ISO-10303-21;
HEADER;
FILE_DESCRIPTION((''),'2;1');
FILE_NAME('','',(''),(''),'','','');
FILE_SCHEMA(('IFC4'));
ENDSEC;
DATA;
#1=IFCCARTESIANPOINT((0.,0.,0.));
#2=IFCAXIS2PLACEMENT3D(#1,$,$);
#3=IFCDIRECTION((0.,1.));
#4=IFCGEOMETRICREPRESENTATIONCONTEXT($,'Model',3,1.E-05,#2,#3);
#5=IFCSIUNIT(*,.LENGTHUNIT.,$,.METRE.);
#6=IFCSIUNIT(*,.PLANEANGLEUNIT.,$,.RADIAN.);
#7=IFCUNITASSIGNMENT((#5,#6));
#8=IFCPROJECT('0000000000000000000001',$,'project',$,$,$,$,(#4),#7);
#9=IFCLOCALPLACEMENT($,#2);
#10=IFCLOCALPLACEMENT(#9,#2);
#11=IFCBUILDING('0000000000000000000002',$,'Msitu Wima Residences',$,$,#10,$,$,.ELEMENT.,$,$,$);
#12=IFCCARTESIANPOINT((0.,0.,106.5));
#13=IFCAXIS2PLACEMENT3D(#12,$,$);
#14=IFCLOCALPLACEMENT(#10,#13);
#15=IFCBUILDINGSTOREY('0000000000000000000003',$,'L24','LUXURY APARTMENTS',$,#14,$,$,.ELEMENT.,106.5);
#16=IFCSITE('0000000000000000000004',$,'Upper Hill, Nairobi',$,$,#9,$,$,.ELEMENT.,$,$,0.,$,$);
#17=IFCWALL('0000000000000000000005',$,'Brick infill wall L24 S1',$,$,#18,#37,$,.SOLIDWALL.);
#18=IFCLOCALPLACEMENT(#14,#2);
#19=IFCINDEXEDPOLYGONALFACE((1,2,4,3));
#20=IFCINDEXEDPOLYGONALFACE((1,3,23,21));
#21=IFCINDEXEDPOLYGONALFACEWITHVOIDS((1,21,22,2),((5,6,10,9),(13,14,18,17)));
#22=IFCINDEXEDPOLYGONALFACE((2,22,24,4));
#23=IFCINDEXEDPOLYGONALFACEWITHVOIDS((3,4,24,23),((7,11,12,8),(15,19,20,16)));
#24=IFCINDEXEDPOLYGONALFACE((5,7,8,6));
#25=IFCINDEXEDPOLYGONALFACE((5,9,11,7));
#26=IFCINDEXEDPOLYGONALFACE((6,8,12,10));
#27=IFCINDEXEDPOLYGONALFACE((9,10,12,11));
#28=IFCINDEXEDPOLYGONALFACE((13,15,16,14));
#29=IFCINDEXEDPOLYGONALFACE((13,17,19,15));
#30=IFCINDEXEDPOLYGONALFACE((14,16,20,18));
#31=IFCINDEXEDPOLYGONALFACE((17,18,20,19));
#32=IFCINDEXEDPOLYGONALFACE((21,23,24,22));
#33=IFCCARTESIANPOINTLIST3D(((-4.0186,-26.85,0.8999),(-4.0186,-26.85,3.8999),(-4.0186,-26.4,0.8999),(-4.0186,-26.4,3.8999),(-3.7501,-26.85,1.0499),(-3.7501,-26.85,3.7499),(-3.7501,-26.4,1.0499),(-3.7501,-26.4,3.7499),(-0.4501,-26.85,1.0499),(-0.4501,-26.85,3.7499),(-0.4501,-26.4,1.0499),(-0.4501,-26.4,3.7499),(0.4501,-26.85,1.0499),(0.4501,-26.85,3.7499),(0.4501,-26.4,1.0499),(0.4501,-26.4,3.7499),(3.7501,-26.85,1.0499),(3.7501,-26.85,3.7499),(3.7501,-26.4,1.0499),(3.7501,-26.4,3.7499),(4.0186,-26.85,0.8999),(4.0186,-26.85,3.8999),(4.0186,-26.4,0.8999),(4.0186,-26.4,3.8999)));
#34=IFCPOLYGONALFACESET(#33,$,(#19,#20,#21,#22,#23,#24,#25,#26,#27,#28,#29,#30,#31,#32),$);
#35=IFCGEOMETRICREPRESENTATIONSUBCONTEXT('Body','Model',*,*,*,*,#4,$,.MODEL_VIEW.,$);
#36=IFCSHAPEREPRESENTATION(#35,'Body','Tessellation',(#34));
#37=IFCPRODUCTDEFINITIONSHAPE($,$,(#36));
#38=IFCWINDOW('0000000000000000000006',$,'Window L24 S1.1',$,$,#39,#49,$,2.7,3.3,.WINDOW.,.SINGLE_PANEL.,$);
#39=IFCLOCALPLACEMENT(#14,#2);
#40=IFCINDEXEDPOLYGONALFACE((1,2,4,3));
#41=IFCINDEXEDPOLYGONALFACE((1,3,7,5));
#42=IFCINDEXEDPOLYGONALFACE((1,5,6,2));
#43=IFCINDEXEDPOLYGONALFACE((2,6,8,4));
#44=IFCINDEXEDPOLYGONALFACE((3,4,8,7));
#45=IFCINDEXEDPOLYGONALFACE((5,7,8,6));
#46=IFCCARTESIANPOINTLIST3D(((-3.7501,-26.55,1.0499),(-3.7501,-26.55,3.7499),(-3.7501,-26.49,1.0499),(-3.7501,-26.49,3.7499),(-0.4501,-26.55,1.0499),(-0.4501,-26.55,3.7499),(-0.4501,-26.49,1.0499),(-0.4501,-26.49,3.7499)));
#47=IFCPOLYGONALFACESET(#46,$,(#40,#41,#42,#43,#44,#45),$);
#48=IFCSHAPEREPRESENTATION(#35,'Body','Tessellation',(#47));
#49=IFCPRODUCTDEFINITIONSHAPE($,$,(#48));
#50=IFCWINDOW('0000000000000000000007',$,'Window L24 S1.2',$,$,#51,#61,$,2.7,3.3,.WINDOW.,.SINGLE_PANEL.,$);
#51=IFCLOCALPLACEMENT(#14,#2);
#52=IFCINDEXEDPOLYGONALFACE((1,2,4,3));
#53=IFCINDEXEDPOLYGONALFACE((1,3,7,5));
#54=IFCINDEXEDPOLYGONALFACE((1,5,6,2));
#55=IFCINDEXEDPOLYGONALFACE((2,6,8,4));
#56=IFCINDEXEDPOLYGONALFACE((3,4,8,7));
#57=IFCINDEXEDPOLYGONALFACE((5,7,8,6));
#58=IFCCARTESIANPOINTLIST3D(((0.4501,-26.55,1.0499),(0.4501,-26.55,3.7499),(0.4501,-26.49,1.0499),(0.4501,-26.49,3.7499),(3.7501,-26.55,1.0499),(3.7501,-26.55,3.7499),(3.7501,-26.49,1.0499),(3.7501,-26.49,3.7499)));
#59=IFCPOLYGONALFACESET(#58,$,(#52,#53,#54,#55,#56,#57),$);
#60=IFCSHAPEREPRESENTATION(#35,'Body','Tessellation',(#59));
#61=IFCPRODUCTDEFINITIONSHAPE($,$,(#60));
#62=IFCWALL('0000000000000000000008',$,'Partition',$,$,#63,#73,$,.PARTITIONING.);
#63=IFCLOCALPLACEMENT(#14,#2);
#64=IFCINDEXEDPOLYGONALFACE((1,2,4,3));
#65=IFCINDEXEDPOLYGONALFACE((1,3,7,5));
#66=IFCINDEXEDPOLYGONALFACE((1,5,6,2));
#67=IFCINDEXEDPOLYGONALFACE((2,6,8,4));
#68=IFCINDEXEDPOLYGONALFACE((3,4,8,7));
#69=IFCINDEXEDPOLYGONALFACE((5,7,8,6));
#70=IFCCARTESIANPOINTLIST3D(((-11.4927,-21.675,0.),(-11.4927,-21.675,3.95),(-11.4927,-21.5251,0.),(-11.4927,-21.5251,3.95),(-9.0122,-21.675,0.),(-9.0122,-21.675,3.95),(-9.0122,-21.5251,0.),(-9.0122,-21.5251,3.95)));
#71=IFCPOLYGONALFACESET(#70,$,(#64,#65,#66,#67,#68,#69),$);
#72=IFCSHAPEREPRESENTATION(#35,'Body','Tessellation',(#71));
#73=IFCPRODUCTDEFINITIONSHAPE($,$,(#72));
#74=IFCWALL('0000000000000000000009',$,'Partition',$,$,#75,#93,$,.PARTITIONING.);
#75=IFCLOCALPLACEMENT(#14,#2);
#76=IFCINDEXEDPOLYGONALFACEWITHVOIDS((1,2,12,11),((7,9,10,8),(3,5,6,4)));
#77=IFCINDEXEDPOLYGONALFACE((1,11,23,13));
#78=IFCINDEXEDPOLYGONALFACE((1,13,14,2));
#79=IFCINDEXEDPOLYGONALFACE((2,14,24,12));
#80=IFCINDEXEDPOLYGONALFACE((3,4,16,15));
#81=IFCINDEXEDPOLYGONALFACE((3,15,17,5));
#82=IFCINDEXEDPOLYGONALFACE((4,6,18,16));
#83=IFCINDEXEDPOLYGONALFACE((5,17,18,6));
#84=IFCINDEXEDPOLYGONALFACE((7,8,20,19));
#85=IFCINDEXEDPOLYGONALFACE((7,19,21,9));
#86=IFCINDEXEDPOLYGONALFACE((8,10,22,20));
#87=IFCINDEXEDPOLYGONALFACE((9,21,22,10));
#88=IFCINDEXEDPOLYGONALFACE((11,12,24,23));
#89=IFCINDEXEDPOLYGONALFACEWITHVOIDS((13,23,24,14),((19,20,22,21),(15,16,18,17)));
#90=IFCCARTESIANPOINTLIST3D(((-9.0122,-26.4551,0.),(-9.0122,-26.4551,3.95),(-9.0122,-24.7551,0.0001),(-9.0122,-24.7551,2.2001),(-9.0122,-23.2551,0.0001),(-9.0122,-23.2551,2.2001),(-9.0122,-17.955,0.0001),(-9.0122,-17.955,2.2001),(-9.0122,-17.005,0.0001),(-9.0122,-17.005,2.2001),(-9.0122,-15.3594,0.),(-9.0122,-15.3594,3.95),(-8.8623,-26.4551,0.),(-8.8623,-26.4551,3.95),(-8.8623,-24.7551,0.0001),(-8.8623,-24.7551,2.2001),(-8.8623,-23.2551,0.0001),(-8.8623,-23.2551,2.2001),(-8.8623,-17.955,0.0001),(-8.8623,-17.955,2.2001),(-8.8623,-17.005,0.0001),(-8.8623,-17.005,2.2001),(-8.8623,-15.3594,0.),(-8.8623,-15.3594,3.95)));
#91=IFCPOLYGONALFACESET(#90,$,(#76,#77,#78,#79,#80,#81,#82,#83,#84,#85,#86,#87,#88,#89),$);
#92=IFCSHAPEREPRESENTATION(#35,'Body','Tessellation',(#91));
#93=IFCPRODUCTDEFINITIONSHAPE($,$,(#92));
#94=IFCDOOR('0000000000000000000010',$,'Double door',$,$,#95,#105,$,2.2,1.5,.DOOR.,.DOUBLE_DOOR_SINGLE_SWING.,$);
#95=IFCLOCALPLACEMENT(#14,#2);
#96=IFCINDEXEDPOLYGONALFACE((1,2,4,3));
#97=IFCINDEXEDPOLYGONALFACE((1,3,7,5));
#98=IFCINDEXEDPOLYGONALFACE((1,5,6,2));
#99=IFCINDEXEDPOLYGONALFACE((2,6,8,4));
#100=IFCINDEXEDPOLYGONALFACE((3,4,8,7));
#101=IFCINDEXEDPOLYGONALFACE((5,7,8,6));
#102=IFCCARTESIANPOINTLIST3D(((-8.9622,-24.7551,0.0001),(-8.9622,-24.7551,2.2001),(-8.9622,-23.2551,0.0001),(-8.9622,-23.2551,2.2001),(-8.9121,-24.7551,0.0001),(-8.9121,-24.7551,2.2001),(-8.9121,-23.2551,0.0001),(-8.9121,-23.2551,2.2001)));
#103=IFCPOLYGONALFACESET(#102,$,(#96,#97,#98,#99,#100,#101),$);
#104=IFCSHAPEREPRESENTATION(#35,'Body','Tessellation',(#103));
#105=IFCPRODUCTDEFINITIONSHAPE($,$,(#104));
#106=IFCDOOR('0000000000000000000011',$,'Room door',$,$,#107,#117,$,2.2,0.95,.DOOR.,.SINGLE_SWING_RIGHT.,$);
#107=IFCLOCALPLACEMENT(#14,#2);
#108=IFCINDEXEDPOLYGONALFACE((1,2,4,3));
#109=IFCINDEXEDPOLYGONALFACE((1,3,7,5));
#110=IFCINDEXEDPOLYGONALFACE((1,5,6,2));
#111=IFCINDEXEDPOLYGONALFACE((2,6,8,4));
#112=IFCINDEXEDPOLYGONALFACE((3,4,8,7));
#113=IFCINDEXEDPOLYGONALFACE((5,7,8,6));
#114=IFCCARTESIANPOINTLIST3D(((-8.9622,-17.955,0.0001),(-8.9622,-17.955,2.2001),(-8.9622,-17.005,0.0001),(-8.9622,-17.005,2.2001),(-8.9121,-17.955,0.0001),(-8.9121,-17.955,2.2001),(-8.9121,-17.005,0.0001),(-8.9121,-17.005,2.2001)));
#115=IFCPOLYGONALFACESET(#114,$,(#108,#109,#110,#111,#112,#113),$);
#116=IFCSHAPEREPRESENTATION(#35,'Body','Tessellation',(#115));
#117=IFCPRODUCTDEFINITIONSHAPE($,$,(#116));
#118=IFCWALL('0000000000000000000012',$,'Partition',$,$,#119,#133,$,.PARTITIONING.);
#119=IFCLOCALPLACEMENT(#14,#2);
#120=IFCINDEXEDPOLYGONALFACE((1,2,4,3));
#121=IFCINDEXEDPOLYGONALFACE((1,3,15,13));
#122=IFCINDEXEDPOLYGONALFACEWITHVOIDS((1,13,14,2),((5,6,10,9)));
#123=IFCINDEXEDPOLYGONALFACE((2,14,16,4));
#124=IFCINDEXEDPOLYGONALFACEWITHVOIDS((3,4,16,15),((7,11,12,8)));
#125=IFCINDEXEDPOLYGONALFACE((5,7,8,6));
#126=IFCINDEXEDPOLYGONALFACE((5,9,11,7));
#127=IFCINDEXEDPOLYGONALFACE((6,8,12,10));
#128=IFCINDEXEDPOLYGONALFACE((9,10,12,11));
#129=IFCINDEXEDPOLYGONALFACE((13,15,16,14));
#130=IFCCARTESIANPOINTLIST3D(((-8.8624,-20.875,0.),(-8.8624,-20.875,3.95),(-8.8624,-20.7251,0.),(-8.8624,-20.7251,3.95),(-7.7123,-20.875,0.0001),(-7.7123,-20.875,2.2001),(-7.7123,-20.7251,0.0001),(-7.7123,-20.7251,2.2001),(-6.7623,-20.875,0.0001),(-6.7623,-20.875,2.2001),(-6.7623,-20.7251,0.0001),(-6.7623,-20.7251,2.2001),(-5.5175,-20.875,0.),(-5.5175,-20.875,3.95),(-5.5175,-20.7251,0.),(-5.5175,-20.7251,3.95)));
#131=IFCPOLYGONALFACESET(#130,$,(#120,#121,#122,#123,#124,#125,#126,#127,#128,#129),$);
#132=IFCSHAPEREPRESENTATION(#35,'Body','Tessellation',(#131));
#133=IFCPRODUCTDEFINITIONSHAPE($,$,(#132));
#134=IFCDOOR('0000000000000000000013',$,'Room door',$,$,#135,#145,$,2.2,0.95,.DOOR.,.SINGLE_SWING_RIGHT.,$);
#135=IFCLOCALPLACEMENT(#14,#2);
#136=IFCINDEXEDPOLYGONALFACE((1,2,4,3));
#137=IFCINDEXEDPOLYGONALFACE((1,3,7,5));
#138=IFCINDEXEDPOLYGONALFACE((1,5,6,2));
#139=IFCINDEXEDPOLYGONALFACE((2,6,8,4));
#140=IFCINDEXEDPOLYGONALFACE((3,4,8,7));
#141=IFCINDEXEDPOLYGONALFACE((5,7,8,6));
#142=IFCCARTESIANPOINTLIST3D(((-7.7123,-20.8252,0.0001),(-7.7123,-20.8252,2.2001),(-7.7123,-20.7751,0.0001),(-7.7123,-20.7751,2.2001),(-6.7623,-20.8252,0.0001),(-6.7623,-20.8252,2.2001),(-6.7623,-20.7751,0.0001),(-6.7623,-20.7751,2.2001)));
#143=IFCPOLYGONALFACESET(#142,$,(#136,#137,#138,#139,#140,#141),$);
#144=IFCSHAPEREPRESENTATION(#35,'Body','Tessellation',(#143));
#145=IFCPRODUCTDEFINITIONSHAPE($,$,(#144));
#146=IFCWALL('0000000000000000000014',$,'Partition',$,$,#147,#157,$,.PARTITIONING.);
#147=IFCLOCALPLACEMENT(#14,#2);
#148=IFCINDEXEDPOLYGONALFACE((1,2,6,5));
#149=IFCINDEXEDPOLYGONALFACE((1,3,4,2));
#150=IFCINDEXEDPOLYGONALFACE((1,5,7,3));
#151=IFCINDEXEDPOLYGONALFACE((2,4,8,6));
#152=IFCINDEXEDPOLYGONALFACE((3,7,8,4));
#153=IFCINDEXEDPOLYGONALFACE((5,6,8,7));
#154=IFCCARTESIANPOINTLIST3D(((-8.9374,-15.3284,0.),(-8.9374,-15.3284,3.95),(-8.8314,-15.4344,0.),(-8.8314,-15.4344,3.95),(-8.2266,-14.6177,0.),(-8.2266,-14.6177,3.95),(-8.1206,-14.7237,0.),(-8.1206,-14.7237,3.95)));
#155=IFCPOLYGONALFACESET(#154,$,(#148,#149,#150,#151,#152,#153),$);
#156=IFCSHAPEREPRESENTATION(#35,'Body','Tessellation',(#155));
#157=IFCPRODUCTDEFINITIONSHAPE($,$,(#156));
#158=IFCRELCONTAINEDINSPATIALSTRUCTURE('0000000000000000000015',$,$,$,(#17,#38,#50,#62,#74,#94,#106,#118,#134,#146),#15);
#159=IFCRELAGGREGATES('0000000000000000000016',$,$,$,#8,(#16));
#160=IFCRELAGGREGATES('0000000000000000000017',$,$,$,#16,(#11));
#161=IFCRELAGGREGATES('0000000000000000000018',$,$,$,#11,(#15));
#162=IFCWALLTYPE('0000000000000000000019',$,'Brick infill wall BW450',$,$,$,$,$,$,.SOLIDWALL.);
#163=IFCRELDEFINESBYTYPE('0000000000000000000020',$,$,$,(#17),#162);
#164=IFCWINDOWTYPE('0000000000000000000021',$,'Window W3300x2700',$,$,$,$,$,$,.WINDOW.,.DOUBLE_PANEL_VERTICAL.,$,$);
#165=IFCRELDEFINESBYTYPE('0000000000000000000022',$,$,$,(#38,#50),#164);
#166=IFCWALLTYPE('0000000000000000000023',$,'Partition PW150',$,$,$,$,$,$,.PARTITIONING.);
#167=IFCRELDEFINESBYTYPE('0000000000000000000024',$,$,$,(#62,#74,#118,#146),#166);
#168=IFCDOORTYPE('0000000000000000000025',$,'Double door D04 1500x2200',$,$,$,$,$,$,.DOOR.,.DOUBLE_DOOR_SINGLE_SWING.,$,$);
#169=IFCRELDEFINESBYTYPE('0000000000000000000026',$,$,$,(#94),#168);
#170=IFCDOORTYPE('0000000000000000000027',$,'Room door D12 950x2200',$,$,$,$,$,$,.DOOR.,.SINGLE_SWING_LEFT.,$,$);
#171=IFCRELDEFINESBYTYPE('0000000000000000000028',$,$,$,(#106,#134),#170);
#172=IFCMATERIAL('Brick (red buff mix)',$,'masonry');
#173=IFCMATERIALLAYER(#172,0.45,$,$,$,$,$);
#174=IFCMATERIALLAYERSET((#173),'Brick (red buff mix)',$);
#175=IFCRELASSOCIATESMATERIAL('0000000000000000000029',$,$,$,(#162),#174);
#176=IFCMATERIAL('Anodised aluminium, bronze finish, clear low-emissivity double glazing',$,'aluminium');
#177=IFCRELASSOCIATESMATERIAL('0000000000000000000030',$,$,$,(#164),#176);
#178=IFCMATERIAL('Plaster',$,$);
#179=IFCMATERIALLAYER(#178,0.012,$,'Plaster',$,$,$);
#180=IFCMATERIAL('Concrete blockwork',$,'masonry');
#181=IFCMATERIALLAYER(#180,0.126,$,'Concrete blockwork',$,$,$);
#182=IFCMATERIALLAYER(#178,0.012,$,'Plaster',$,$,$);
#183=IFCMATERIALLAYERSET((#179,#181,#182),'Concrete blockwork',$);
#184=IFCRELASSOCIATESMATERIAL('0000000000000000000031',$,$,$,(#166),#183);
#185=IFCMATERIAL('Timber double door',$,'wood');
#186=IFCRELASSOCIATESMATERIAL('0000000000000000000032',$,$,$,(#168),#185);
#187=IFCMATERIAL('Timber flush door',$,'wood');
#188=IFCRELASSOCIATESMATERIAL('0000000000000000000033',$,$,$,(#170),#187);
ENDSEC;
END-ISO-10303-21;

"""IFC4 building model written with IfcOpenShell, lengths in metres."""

from ifc_helpers import new_model, si_unit, direction, frame, frame_2d, origin, place, context, subcontext, project, spatial, rectangle, extrude, material, layer, layer_set, type_object, element, fill, save


model = new_model("IFC4")

# Units and contexts
model_context = context("Model", 3, precision=1e-05, world=origin(), true_north=direction((0.0, 1.0)))
body_context = subcontext(model_context, "Body", "Model", "MODEL_VIEW")
ifc_project = project(units=[si_unit("LENGTHUNIT", "METRE"), si_unit("PLANEANGLEUNIT", "RADIAN")], contexts=[model_context])

# Site, building, storey
site_placement = place(None, origin())
site = spatial("IfcSite", under=ifc_project, at=site_placement, Name="Upper Hill, Nairobi", CompositionType="ELEMENT", RefElevation=0.0)
building_placement = place(site_placement, origin())
building = spatial("IfcBuilding", under=site, at=building_placement, Name="Msitu Wima Residences", CompositionType="ELEMENT")
storey_placement = place(building_placement, frame((0.0, 0.0, 106.5)))
storey = spatial("IfcBuildingStorey", under=building, at=storey_placement, Name="L24", Description="LUXURY APARTMENTS", CompositionType="ELEMENT", Elevation=106.5)

# Shared definitions
ifc_material_1 = material(Name="Brick (red buff mix)", Category="masonry")
ifc_layer_1 = layer(ifc_material_1, 0.45)
ifc_layer_set_1 = layer_set([ifc_layer_1], Name="Brick (red buff mix)")
wall_type_1 = type_object("IfcWallType", Name="Brick infill wall BW450", PredefinedType="SOLIDWALL", material=ifc_layer_set_1)
ifc_material_2 = material(Name="Anodised aluminium, bronze finish, clear low-emissivity double glazing", Category="aluminium")
window_type = type_object("IfcWindowType", Name="Window W3300x2700", PartitioningType="DOUBLE_PANEL_VERTICAL", PredefinedType="WINDOW", material=ifc_material_2)

# Wall, openings, windows
wall_1_placement = place(storey_placement, frame((-4.0186, -26.625, 0.8999), z_axis=(0.0, 0.0, 1.0), x_axis=(1.0, 0.0, 0.0)))
wall_1 = element("IfcWall", 1, at=wall_1_placement, inside=storey, type_object=wall_type_1, Name="Brick infill wall L24 S1", PredefinedType="SOLIDWALL", context=body_context, shape_type="SweptSolid", body=[
    extrude(rectangle(XDim=8.0371, YDim=0.45, at=frame_2d((4.0186, 0.0))), origin(), (0.0, 0.0, 1.0), 3.0),
])
opening_1_placement = place(wall_1_placement, frame((0.2686, 0.0, 0.1499)))
opening_1 = element("IfcOpeningElement", 2, at=opening_1_placement, cuts=wall_1, PredefinedType="OPENING", context=body_context, shape_type="SweptSolid", body=[
    extrude(rectangle(XDim=3.3, YDim=2.7, at=frame_2d((1.6499, 1.3501))), frame((0.0, 0.2349, 0.0), z_axis=(0.0, -1.0, 0.0), x_axis=(1.0, 0.0, 0.0)), (0.0, 0.0, 1.0), 0.47),
])
opening_2_placement = place(wall_1_placement, frame((4.4688, 0.0, 0.1499)))
opening_2 = element("IfcOpeningElement", 3, at=opening_2_placement, cuts=wall_1, PredefinedType="OPENING", context=body_context, shape_type="SweptSolid", body=[
    extrude(rectangle(XDim=3.3, YDim=2.7, at=frame_2d((1.6499, 1.3501))), frame((0.0, 0.2349, 0.0), z_axis=(0.0, -1.0, 0.0), x_axis=(1.0, 0.0, 0.0)), (0.0, 0.0, 1.0), 0.47),
])
window_1_placement = place(opening_1_placement, origin())
window_1 = element("IfcWindow", 4, at=window_1_placement, inside=storey, type_object=window_type, Name="Window L24 S1.1", OverallHeight=2.7, OverallWidth=3.3, PartitioningType="SINGLE_PANEL", PredefinedType="WINDOW", context=body_context, shape_type="SweptSolid", body=[
    extrude(rectangle(XDim=3.3, YDim=2.7, at=frame_2d((1.6499, 1.3501))), frame((0.0, 0.135, 0.0), z_axis=(0.0, -1.0, 0.0), x_axis=(1.0, 0.0, 0.0)), (0.0, 0.0, 1.0), 0.0601),
])
fill(opening_1, window_1)
window_2_placement = place(opening_2_placement, origin())
window_2 = element("IfcWindow", 5, at=window_2_placement, inside=storey, type_object=window_type, Name="Window L24 S1.2", OverallHeight=2.7, OverallWidth=3.3, PartitioningType="SINGLE_PANEL", PredefinedType="WINDOW", context=body_context, shape_type="SweptSolid", body=[
    extrude(rectangle(XDim=3.3, YDim=2.7, at=frame_2d((1.6499, 1.3501))), frame((0.0, 0.135, 0.0), z_axis=(0.0, -1.0, 0.0), x_axis=(1.0, 0.0, 0.0)), (0.0, 0.0, 1.0), 0.0601),
])
fill(opening_2, window_2)

# Wall
ifc_material_3 = material(Name="Plaster")
ifc_layer_2 = layer(ifc_material_3, 0.012, Name="Plaster")
ifc_material_4 = material(Name="Concrete blockwork", Category="masonry")
ifc_layer_3 = layer(ifc_material_4, 0.126, Name="Concrete blockwork")
ifc_layer_4 = layer(ifc_material_3, 0.012, Name="Plaster")
ifc_layer_set_2 = layer_set([ifc_layer_2, ifc_layer_3, ifc_layer_4], Name="Concrete blockwork")
wall_type_2 = type_object("IfcWallType", Name="Partition PW150", PredefinedType="PARTITIONING", material=ifc_layer_set_2)
wall_2_placement = place(storey_placement, frame((-11.4927, -21.6001, 0.0), z_axis=(0.0, 0.0, 1.0), x_axis=(1.0, 0.0, 0.0)))
element("IfcWall", 6, at=wall_2_placement, inside=storey, type_object=wall_type_2, Name="Partition", PredefinedType="PARTITIONING", context=body_context, shape_type="SweptSolid", body=[
    extrude(rectangle(XDim=2.4805, YDim=0.1499, at=frame_2d((1.2402, 0.0))), origin(), (0.0, 0.0, 1.0), 3.95),
])

# Wall, openings, doors
wall_3_placement = place(storey_placement, frame((-8.9373, -26.4551, 0.0), z_axis=(0.0, 0.0, 1.0), x_axis=(0.0, 1.0, 0.0)))
wall_3 = element("IfcWall", 7, at=wall_3_placement, inside=storey, type_object=wall_type_2, Name="Partition", PredefinedType="PARTITIONING", context=body_context, shape_type="SweptSolid", body=[
    extrude(rectangle(XDim=11.0957, YDim=0.1499, at=frame_2d((5.5479, 0.0))), origin(), (0.0, 0.0, 1.0), 3.95),
])
opening_3_placement = place(wall_3_placement, frame((8.5, 0.0, 0.0)))
opening_3 = element("IfcOpeningElement", 8, at=opening_3_placement, cuts=wall_3, PredefinedType="OPENING", context=body_context, shape_type="SweptSolid", body=[
    extrude(rectangle(XDim=0.95, YDim=2.2, at=frame_2d((0.4751, 1.1001))), frame((0.0, 0.085, 0.0), z_axis=(0.0, -1.0, 0.0), x_axis=(1.0, 0.0, 0.0)), (0.0, 0.0, 1.0), 0.1699),
])
opening_4_placement = place(wall_3_placement, frame((1.7, 0.0, 0.0)))
opening_4 = element("IfcOpeningElement", 9, at=opening_4_placement, cuts=wall_3, PredefinedType="OPENING", context=body_context, shape_type="SweptSolid", body=[
    extrude(rectangle(XDim=1.5, YDim=2.2, at=frame_2d((0.75, 1.1001))), frame((0.0, 0.085, 0.0), z_axis=(0.0, -1.0, 0.0), x_axis=(1.0, 0.0, 0.0)), (0.0, 0.0, 1.0), 0.1699),
])
ifc_material_5 = material(Name="Timber double door", Category="wood")
door_type_1 = type_object("IfcDoorType", Name="Double door D04 1500x2200", OperationType="DOUBLE_DOOR_SINGLE_SWING", PredefinedType="DOOR", material=ifc_material_5)
door_1_placement = place(opening_4_placement, origin())
door_1 = element("IfcDoor", 10, at=door_1_placement, inside=storey, type_object=door_type_1, Name="Double door", OperationType="DOUBLE_DOOR_SINGLE_SWING", OverallHeight=2.2, OverallWidth=1.5, PredefinedType="DOOR", context=body_context, shape_type="SweptSolid", body=[
    extrude(rectangle(XDim=1.5, YDim=2.2, at=frame_2d((0.75, 1.1001))), frame((0.0, 0.0249, 0.0), z_axis=(0.0, -1.0, 0.0), x_axis=(1.0, 0.0, 0.0)), (0.0, 0.0, 1.0), 0.05),
])
fill(opening_4, door_1)
ifc_material_6 = material(Name="Timber flush door", Category="wood")
door_type_2 = type_object("IfcDoorType", Name="Room door D12 950x2200", OperationType="SINGLE_SWING_LEFT", PredefinedType="DOOR", material=ifc_material_6)
door_2_placement = place(opening_3_placement, origin())
door_2 = element("IfcDoor", 11, at=door_2_placement, inside=storey, type_object=door_type_2, Name="Room door", OperationType="SINGLE_SWING_RIGHT", OverallHeight=2.2, OverallWidth=0.95, PredefinedType="DOOR", context=body_context, shape_type="SweptSolid", body=[
    extrude(rectangle(XDim=0.95, YDim=2.2, at=frame_2d((0.4751, 1.1001))), frame((0.0, 0.0249, 0.0), z_axis=(0.0, -1.0, 0.0), x_axis=(1.0, 0.0, 0.0)), (0.0, 0.0, 1.0), 0.05),
])
fill(opening_3, door_2)

# Wall, opening, door
wall_4_placement = place(storey_placement, frame((-8.8623, -20.8, 0.0), z_axis=(0.0, 0.0, 1.0), x_axis=(1.0, 0.0, 0.0)))
wall_4 = element("IfcWall", 12, at=wall_4_placement, inside=storey, type_object=wall_type_2, Name="Partition", PredefinedType="PARTITIONING", context=body_context, shape_type="SweptSolid", body=[
    extrude(rectangle(XDim=3.345, YDim=0.1499, at=frame_2d((1.6724, 0.0))), origin(), (0.0, 0.0, 1.0), 3.95),
])
opening_5_placement = place(wall_4_placement, frame((1.1499, 0.0, 0.0)))
opening_5 = element("IfcOpeningElement", 13, at=opening_5_placement, cuts=wall_4, PredefinedType="OPENING", context=body_context, shape_type="SweptSolid", body=[
    extrude(rectangle(XDim=0.95, YDim=2.2, at=frame_2d((0.4751, 1.1001))), frame((0.0, 0.085, 0.0), z_axis=(0.0, -1.0, 0.0), x_axis=(1.0, 0.0, 0.0)), (0.0, 0.0, 1.0), 0.1699),
])
door_3_placement = place(opening_5_placement, origin())
door_3 = element("IfcDoor", 14, at=door_3_placement, inside=storey, type_object=door_type_2, Name="Room door", OperationType="SINGLE_SWING_RIGHT", OverallHeight=2.2, OverallWidth=0.95, PredefinedType="DOOR", context=body_context, shape_type="SweptSolid", body=[
    extrude(rectangle(XDim=0.95, YDim=2.2, at=frame_2d((0.4751, 1.1001))), frame((0.0, 0.0249, 0.0), z_axis=(0.0, -1.0, 0.0), x_axis=(1.0, 0.0, 0.0)), (0.0, 0.0, 1.0), 0.05),
])
fill(opening_5, door_3)

# Wall
wall_5_placement = place(storey_placement, frame((-8.8843, -15.3813, 0.0), z_axis=(0.0, 0.0, 1.0), x_axis=(0.707107, 0.707107, 0.0)))
element("IfcWall", 15, at=wall_5_placement, inside=storey, type_object=wall_type_2, Name="Partition", PredefinedType="PARTITIONING", context=body_context, shape_type="SweptSolid", body=[
    extrude(rectangle(XDim=1.0051, YDim=0.1499, at=frame_2d((0.5024, 0.0))), origin(), (0.0, 0.0, 1.0), 3.95),
])

save(model, "model.ifc")
